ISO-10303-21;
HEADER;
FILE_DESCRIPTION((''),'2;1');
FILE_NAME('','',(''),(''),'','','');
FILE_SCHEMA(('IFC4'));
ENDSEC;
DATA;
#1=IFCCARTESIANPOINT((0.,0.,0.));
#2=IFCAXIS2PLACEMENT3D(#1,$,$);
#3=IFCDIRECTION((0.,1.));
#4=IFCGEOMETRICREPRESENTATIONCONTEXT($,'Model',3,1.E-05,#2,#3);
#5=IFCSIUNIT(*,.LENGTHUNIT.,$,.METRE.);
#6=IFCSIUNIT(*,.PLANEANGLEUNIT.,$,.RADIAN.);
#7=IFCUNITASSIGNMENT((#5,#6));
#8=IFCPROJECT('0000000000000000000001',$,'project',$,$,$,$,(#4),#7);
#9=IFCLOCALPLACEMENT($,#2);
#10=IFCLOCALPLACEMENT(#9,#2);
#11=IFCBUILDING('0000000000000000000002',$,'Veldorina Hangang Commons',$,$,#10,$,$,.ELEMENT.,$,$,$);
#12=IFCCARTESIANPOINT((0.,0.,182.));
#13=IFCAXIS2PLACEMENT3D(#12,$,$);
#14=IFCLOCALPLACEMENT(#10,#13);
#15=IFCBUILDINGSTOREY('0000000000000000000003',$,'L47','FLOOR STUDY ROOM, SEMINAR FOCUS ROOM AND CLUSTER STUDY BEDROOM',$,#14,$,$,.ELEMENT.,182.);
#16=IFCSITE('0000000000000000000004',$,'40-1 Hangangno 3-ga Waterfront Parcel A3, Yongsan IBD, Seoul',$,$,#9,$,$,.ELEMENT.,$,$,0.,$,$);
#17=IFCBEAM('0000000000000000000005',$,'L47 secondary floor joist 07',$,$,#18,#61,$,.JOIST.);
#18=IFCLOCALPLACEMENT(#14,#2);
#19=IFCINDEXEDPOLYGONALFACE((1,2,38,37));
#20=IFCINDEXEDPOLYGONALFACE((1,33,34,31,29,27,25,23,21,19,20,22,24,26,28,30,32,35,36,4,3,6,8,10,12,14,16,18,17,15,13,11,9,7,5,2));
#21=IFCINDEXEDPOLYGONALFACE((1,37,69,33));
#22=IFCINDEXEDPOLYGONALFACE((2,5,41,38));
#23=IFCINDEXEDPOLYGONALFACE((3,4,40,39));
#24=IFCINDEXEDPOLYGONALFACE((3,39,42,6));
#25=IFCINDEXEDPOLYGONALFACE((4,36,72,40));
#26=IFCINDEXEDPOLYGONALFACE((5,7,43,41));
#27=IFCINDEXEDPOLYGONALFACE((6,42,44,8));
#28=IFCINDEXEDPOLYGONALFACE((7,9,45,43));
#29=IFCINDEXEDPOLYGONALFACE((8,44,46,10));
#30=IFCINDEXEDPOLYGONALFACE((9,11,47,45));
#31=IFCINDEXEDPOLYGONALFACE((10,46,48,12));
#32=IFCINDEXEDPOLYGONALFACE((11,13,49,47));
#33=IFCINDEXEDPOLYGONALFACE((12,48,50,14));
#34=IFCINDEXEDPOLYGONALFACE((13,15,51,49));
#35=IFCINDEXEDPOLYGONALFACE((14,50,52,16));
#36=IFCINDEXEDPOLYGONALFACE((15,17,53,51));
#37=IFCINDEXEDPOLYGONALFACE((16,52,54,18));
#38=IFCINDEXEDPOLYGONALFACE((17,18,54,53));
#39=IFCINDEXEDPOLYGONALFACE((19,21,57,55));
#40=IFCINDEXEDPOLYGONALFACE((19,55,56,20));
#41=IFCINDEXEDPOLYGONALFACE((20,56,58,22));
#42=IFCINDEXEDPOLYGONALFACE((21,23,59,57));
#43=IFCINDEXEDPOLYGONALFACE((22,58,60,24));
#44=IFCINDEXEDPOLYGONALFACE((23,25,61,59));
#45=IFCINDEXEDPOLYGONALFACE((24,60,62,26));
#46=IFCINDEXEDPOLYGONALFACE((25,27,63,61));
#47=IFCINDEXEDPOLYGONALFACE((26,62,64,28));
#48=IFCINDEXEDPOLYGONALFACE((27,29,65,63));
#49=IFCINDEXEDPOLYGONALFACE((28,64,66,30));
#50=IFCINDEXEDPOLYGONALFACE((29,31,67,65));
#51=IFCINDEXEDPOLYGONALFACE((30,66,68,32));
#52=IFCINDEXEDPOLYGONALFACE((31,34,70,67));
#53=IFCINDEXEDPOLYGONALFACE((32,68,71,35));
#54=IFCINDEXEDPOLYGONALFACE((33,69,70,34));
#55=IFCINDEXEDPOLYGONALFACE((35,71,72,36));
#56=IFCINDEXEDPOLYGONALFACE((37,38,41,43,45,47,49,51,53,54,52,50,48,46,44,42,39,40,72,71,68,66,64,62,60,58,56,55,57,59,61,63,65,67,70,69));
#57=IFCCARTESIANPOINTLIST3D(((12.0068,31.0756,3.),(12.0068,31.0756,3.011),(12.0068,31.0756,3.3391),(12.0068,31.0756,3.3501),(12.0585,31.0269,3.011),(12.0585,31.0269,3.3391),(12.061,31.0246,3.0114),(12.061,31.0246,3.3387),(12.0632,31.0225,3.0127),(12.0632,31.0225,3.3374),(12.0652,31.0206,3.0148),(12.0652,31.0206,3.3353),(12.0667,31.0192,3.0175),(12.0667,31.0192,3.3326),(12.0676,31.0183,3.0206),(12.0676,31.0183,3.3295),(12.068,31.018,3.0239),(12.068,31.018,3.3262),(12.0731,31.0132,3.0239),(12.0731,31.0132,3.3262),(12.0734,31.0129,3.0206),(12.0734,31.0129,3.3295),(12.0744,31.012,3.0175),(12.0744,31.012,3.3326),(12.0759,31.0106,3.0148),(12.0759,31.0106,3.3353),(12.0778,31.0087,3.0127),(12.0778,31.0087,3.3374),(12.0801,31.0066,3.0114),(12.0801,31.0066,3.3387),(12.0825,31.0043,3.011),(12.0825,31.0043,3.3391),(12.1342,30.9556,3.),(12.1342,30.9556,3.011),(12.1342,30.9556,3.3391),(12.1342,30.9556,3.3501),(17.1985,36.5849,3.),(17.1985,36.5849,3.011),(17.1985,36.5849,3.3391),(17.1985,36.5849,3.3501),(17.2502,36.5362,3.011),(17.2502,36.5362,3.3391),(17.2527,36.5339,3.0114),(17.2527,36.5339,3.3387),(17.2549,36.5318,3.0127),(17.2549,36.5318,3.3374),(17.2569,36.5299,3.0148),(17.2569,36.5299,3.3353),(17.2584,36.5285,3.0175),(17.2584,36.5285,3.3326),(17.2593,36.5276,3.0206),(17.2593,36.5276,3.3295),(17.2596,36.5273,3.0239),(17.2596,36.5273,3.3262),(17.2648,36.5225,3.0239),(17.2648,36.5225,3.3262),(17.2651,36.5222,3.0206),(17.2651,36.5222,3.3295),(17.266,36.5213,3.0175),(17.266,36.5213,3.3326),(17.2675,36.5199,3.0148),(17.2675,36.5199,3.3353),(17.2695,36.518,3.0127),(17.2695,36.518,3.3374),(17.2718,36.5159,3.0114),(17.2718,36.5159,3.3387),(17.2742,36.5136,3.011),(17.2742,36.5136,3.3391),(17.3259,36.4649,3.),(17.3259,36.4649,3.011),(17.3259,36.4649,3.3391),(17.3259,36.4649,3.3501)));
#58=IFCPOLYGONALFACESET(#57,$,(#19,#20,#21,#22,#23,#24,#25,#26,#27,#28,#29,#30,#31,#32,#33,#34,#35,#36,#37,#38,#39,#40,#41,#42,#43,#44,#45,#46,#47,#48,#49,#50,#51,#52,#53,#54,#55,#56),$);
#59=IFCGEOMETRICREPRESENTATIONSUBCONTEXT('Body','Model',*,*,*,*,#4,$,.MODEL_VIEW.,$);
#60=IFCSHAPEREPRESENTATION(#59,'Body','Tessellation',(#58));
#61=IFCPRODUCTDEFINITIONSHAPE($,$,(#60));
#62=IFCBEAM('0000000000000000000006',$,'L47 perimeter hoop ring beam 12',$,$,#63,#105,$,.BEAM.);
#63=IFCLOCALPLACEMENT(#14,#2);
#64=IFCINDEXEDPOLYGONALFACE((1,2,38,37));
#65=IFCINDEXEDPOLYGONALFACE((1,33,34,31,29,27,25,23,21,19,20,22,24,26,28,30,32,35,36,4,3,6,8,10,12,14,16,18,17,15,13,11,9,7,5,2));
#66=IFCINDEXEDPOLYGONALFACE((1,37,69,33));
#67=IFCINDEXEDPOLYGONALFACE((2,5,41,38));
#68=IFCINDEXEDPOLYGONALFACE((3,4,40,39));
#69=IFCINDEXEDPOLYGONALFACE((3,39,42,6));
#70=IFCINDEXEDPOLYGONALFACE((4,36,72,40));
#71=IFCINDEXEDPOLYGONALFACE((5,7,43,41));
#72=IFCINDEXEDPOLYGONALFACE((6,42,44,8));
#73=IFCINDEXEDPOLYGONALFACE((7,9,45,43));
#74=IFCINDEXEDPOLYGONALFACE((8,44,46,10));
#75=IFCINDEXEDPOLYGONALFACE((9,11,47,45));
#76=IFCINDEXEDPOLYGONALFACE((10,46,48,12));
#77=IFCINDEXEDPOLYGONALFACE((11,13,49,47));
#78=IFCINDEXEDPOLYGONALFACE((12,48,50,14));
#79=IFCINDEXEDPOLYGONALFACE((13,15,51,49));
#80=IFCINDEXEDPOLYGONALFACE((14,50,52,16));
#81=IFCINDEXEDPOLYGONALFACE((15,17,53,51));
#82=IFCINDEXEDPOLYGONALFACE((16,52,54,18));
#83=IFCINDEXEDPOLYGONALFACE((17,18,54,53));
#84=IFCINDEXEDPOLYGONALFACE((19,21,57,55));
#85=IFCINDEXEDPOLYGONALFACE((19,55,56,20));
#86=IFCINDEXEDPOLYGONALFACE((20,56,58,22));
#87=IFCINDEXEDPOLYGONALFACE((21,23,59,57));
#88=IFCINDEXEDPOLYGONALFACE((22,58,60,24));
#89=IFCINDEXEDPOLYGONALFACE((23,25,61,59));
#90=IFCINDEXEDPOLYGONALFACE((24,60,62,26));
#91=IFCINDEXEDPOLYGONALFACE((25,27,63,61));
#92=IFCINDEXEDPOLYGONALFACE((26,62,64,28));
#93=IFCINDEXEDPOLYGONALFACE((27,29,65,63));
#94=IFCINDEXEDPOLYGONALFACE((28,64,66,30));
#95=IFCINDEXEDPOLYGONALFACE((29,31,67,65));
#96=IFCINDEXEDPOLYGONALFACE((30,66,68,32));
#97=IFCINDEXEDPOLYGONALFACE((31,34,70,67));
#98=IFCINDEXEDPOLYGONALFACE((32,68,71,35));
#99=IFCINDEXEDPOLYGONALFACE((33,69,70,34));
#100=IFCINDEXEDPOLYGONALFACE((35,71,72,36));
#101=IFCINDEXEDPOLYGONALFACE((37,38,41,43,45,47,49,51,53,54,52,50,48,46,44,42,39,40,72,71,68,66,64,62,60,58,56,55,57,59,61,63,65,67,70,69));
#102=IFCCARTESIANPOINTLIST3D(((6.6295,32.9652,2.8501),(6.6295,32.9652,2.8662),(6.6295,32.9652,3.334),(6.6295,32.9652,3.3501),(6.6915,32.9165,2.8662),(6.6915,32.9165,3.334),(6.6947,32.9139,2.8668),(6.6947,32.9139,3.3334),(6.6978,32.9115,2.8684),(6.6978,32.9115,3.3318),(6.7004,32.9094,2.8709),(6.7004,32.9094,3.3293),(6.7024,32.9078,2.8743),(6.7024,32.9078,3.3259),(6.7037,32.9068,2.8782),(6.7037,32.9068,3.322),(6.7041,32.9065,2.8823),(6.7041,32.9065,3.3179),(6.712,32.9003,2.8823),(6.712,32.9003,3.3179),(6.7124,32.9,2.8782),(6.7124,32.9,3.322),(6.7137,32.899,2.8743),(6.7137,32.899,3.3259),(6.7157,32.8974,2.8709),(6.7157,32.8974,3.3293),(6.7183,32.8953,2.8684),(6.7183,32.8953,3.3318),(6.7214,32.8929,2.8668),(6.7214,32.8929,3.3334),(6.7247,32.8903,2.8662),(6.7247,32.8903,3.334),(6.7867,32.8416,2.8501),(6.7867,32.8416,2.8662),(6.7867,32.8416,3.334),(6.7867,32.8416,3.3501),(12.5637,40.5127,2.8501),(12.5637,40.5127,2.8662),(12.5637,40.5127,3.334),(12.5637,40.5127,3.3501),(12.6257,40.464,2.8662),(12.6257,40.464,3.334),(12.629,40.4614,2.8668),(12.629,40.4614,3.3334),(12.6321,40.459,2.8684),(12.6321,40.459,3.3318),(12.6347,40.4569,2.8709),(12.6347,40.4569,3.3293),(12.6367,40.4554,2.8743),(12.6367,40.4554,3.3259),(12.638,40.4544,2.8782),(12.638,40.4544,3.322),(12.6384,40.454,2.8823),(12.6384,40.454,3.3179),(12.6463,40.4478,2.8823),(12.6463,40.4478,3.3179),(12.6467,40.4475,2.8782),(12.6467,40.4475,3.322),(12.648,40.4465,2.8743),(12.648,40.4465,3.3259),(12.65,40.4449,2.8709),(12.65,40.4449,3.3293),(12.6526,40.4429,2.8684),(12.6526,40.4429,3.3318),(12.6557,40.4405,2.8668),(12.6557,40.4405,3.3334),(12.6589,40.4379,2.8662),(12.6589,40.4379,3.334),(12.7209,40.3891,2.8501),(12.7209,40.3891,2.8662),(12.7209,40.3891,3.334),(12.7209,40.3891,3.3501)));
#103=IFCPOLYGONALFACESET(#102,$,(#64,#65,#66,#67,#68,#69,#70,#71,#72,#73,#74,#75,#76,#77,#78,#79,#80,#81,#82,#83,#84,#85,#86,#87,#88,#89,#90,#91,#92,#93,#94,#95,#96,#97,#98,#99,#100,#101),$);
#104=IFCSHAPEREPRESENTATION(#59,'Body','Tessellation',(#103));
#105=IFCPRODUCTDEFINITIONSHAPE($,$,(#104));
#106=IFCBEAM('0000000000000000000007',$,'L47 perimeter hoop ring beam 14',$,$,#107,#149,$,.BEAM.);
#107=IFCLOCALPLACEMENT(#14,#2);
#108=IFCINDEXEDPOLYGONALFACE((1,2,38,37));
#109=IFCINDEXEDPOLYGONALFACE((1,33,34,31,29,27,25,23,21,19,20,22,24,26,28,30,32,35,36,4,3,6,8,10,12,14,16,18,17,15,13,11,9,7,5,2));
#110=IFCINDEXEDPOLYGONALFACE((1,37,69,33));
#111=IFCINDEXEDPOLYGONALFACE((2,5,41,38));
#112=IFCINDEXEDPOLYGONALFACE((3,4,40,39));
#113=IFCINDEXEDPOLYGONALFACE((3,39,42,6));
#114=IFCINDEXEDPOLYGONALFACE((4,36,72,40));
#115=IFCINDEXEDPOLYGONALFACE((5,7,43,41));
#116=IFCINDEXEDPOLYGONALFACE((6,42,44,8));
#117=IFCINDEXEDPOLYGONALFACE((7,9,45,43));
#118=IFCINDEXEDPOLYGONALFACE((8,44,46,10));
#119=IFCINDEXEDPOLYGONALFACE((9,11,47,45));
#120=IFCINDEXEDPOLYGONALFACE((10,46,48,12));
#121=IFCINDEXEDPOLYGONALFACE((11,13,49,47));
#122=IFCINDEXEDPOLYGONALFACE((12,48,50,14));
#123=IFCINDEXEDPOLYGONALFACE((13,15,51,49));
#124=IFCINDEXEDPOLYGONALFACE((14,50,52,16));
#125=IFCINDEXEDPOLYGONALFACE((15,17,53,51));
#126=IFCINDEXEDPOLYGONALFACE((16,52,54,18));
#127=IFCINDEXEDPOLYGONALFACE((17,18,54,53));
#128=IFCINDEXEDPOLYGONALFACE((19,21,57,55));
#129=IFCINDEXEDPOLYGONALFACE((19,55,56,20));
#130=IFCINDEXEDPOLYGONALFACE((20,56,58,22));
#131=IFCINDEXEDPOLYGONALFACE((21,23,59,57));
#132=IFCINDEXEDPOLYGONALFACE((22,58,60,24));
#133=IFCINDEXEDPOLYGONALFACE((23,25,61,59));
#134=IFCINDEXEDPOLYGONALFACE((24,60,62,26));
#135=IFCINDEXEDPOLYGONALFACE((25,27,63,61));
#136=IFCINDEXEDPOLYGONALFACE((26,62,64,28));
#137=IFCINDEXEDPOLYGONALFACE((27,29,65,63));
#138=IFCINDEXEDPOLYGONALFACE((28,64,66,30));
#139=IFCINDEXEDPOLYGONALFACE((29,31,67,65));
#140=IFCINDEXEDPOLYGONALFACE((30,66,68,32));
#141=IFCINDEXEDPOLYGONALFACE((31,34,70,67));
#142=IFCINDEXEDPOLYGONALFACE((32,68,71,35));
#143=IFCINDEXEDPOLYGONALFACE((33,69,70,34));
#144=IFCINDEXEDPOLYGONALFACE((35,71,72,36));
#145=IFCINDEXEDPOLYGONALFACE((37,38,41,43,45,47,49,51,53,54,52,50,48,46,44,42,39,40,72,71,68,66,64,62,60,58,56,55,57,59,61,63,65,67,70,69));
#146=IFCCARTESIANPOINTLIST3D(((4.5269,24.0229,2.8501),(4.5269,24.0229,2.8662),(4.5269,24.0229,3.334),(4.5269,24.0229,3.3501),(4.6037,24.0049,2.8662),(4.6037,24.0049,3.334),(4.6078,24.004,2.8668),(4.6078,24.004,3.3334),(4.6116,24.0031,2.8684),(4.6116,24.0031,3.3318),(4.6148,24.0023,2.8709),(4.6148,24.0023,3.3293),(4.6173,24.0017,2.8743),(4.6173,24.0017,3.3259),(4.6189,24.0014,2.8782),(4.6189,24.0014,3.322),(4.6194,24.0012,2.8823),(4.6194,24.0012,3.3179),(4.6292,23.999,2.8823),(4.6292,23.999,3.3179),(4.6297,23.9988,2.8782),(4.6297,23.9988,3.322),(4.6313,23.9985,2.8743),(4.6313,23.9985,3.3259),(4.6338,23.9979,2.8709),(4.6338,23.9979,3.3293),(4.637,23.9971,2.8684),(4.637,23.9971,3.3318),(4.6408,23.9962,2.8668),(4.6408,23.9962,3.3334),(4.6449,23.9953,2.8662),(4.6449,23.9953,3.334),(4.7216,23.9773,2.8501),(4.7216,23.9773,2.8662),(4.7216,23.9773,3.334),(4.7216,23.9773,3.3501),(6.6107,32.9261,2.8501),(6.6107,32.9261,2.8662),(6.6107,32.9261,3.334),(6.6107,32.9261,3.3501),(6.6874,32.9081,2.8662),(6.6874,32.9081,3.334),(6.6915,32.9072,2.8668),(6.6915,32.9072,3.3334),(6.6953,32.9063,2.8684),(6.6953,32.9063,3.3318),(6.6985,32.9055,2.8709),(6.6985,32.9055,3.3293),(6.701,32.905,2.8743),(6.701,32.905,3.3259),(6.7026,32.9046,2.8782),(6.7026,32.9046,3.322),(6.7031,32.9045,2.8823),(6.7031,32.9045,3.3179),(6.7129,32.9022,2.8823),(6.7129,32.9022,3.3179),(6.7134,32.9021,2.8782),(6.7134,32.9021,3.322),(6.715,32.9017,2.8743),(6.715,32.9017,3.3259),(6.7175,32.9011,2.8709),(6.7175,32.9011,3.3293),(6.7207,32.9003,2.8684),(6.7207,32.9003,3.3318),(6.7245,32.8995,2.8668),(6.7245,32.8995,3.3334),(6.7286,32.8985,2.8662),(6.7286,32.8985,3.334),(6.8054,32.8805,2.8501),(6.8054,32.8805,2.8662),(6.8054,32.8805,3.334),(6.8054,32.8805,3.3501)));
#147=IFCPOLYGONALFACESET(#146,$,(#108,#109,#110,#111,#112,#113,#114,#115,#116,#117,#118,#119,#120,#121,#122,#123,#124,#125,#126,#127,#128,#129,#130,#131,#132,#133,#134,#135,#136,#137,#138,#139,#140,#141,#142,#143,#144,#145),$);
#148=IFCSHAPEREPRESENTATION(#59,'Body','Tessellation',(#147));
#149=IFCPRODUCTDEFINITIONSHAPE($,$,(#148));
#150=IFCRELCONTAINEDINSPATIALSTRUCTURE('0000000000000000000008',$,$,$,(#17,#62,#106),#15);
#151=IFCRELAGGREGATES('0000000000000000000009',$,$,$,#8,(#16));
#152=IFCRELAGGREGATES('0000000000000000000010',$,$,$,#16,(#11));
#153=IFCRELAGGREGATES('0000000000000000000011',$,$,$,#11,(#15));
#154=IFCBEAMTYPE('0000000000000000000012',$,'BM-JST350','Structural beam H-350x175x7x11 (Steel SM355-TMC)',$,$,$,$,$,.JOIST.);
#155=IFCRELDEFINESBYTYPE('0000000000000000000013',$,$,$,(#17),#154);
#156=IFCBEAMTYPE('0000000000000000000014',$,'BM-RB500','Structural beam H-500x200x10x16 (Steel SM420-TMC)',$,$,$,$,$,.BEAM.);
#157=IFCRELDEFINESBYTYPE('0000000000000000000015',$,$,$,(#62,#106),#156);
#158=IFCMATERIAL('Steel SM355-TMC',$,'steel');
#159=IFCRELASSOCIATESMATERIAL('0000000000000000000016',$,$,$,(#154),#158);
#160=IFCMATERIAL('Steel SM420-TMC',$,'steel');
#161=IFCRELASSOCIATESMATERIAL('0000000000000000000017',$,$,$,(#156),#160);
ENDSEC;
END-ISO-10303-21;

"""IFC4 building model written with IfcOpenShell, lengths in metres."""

from ifc_helpers import new_model, si_unit, direction, frame, origin, origin_2d, place, context, subcontext, project, spatial, i_section, extrude, material, material_profile, profile_set, type_object, element, save


model = new_model("IFC4")

# Units and contexts
model_context = context("Model", 3, precision=1e-05, world=origin(), true_north=direction((0.0, 1.0)))
body_context = subcontext(model_context, "Body", "Model", "MODEL_VIEW")
ifc_project = project(units=[si_unit("LENGTHUNIT", "METRE"), si_unit("PLANEANGLEUNIT", "RADIAN")], contexts=[model_context])

# Site, building, storey
site_placement = place(None, origin())
site = spatial("IfcSite", under=ifc_project, at=site_placement, Name="40-1 Hangangno 3-ga Waterfront Parcel A3, Yongsan IBD, Seoul", CompositionType="ELEMENT", RefElevation=0.0)
building_placement = place(site_placement, origin())
building = spatial("IfcBuilding", under=site, at=building_placement, Name="Veldorina Hangang Commons", CompositionType="ELEMENT")
storey_placement = place(building_placement, frame((0.0, 0.0, 182.0)))
storey = spatial("IfcBuildingStorey", under=building, at=storey_placement, Name="L47", Description="FLOOR STUDY ROOM, SEMINAR FOCUS ROOM AND CLUSTER STUDY BEDROOM", CompositionType="ELEMENT", Elevation=182.0)

# Beams
ifc_material_1 = material(Name="Steel SM355-TMC", Category="steel")
ifc_material_profile_1 = material_profile(ifc_material_1, i_section(OverallWidth=0.175, OverallDepth=0.3501, WebThickness=0.0071, FlangeThickness=0.011, FilletRadius=0.0129, at=origin_2d()), Name="H-350x175x7x11")
ifc_profile_set_1 = profile_set([ifc_material_profile_1], Name="Steel SM355-TMC")
beam_type_1 = type_object("IfcBeamType", Name="BM-JST350", Description="Structural beam H-350x175x7x11 (Steel SM355-TMC)", PredefinedType="JOIST", material=ifc_profile_set_1)
beam_1_placement = place(storey_placement, frame((17.2622, 36.5249, 3.175), z_axis=(-0.685816, -0.727775, 0.0), x_axis=(0.727775, -0.685816, 0.0)))
element("IfcBeam", 1, at=beam_1_placement, inside=storey, type_object=beam_type_1, Name="L47 secondary floor joist 07", PredefinedType="JOIST", context=body_context, shape_type="SweptSolid", body=[
    extrude(i_section(OverallWidth=0.175, OverallDepth=0.3501, WebThickness=0.0071, FlangeThickness=0.011, FilletRadius=0.0129, at=origin_2d()), origin(), (0.0, 0.0, 1.0), 7.5701),
])
ifc_material_2 = material(Name="Steel SM420-TMC", Category="steel")
ifc_material_profile_2 = material_profile(ifc_material_2, i_section(OverallWidth=0.2, OverallDepth=0.5, WebThickness=0.01, FlangeThickness=0.0161, FilletRadius=0.0161, at=origin_2d()), Name="H-500x200x10x16")
ifc_profile_set_2 = profile_set([ifc_material_profile_2], Name="Steel SM420-TMC")
beam_type_2 = type_object("IfcBeamType", Name="BM-RB500", Description="Structural beam H-500x200x10x16 (Steel SM420-TMC)", PredefinedType="BEAM", material=ifc_profile_set_2)
beam_2_placement = place(storey_placement, frame((12.6423, 40.4509, 3.1001), z_axis=(-0.618083, -0.786113, 0.0), x_axis=(0.786113, -0.618083, 0.0)))
element("IfcBeam", 2, at=beam_2_placement, inside=storey, type_object=beam_type_2, Name="L47 perimeter hoop ring beam 12", PredefinedType="BEAM", context=body_context, shape_type="SweptSolid", body=[
    extrude(i_section(OverallWidth=0.2, OverallDepth=0.5, WebThickness=0.01, FlangeThickness=0.0161, FilletRadius=0.0161, at=origin_2d()), origin(), (0.0, 0.0, 1.0), 9.6011),
])
beam_3_placement = place(storey_placement, frame((6.708, 32.9033, 3.1001), z_axis=(-0.227883, -0.973689, 0.0), x_axis=(0.973689, -0.227883, 0.0)))
element("IfcBeam", 3, at=beam_3_placement, inside=storey, type_object=beam_type_2, Name="L47 perimeter hoop ring beam 14", PredefinedType="BEAM", context=body_context, shape_type="SweptSolid", body=[
    extrude(i_section(OverallWidth=0.2, OverallDepth=0.5, WebThickness=0.01, FlangeThickness=0.0161, FilletRadius=0.0161, at=origin_2d()), origin(), (0.0, 0.0, 1.0), 9.1438),
])

save(model, "model.ifc")
